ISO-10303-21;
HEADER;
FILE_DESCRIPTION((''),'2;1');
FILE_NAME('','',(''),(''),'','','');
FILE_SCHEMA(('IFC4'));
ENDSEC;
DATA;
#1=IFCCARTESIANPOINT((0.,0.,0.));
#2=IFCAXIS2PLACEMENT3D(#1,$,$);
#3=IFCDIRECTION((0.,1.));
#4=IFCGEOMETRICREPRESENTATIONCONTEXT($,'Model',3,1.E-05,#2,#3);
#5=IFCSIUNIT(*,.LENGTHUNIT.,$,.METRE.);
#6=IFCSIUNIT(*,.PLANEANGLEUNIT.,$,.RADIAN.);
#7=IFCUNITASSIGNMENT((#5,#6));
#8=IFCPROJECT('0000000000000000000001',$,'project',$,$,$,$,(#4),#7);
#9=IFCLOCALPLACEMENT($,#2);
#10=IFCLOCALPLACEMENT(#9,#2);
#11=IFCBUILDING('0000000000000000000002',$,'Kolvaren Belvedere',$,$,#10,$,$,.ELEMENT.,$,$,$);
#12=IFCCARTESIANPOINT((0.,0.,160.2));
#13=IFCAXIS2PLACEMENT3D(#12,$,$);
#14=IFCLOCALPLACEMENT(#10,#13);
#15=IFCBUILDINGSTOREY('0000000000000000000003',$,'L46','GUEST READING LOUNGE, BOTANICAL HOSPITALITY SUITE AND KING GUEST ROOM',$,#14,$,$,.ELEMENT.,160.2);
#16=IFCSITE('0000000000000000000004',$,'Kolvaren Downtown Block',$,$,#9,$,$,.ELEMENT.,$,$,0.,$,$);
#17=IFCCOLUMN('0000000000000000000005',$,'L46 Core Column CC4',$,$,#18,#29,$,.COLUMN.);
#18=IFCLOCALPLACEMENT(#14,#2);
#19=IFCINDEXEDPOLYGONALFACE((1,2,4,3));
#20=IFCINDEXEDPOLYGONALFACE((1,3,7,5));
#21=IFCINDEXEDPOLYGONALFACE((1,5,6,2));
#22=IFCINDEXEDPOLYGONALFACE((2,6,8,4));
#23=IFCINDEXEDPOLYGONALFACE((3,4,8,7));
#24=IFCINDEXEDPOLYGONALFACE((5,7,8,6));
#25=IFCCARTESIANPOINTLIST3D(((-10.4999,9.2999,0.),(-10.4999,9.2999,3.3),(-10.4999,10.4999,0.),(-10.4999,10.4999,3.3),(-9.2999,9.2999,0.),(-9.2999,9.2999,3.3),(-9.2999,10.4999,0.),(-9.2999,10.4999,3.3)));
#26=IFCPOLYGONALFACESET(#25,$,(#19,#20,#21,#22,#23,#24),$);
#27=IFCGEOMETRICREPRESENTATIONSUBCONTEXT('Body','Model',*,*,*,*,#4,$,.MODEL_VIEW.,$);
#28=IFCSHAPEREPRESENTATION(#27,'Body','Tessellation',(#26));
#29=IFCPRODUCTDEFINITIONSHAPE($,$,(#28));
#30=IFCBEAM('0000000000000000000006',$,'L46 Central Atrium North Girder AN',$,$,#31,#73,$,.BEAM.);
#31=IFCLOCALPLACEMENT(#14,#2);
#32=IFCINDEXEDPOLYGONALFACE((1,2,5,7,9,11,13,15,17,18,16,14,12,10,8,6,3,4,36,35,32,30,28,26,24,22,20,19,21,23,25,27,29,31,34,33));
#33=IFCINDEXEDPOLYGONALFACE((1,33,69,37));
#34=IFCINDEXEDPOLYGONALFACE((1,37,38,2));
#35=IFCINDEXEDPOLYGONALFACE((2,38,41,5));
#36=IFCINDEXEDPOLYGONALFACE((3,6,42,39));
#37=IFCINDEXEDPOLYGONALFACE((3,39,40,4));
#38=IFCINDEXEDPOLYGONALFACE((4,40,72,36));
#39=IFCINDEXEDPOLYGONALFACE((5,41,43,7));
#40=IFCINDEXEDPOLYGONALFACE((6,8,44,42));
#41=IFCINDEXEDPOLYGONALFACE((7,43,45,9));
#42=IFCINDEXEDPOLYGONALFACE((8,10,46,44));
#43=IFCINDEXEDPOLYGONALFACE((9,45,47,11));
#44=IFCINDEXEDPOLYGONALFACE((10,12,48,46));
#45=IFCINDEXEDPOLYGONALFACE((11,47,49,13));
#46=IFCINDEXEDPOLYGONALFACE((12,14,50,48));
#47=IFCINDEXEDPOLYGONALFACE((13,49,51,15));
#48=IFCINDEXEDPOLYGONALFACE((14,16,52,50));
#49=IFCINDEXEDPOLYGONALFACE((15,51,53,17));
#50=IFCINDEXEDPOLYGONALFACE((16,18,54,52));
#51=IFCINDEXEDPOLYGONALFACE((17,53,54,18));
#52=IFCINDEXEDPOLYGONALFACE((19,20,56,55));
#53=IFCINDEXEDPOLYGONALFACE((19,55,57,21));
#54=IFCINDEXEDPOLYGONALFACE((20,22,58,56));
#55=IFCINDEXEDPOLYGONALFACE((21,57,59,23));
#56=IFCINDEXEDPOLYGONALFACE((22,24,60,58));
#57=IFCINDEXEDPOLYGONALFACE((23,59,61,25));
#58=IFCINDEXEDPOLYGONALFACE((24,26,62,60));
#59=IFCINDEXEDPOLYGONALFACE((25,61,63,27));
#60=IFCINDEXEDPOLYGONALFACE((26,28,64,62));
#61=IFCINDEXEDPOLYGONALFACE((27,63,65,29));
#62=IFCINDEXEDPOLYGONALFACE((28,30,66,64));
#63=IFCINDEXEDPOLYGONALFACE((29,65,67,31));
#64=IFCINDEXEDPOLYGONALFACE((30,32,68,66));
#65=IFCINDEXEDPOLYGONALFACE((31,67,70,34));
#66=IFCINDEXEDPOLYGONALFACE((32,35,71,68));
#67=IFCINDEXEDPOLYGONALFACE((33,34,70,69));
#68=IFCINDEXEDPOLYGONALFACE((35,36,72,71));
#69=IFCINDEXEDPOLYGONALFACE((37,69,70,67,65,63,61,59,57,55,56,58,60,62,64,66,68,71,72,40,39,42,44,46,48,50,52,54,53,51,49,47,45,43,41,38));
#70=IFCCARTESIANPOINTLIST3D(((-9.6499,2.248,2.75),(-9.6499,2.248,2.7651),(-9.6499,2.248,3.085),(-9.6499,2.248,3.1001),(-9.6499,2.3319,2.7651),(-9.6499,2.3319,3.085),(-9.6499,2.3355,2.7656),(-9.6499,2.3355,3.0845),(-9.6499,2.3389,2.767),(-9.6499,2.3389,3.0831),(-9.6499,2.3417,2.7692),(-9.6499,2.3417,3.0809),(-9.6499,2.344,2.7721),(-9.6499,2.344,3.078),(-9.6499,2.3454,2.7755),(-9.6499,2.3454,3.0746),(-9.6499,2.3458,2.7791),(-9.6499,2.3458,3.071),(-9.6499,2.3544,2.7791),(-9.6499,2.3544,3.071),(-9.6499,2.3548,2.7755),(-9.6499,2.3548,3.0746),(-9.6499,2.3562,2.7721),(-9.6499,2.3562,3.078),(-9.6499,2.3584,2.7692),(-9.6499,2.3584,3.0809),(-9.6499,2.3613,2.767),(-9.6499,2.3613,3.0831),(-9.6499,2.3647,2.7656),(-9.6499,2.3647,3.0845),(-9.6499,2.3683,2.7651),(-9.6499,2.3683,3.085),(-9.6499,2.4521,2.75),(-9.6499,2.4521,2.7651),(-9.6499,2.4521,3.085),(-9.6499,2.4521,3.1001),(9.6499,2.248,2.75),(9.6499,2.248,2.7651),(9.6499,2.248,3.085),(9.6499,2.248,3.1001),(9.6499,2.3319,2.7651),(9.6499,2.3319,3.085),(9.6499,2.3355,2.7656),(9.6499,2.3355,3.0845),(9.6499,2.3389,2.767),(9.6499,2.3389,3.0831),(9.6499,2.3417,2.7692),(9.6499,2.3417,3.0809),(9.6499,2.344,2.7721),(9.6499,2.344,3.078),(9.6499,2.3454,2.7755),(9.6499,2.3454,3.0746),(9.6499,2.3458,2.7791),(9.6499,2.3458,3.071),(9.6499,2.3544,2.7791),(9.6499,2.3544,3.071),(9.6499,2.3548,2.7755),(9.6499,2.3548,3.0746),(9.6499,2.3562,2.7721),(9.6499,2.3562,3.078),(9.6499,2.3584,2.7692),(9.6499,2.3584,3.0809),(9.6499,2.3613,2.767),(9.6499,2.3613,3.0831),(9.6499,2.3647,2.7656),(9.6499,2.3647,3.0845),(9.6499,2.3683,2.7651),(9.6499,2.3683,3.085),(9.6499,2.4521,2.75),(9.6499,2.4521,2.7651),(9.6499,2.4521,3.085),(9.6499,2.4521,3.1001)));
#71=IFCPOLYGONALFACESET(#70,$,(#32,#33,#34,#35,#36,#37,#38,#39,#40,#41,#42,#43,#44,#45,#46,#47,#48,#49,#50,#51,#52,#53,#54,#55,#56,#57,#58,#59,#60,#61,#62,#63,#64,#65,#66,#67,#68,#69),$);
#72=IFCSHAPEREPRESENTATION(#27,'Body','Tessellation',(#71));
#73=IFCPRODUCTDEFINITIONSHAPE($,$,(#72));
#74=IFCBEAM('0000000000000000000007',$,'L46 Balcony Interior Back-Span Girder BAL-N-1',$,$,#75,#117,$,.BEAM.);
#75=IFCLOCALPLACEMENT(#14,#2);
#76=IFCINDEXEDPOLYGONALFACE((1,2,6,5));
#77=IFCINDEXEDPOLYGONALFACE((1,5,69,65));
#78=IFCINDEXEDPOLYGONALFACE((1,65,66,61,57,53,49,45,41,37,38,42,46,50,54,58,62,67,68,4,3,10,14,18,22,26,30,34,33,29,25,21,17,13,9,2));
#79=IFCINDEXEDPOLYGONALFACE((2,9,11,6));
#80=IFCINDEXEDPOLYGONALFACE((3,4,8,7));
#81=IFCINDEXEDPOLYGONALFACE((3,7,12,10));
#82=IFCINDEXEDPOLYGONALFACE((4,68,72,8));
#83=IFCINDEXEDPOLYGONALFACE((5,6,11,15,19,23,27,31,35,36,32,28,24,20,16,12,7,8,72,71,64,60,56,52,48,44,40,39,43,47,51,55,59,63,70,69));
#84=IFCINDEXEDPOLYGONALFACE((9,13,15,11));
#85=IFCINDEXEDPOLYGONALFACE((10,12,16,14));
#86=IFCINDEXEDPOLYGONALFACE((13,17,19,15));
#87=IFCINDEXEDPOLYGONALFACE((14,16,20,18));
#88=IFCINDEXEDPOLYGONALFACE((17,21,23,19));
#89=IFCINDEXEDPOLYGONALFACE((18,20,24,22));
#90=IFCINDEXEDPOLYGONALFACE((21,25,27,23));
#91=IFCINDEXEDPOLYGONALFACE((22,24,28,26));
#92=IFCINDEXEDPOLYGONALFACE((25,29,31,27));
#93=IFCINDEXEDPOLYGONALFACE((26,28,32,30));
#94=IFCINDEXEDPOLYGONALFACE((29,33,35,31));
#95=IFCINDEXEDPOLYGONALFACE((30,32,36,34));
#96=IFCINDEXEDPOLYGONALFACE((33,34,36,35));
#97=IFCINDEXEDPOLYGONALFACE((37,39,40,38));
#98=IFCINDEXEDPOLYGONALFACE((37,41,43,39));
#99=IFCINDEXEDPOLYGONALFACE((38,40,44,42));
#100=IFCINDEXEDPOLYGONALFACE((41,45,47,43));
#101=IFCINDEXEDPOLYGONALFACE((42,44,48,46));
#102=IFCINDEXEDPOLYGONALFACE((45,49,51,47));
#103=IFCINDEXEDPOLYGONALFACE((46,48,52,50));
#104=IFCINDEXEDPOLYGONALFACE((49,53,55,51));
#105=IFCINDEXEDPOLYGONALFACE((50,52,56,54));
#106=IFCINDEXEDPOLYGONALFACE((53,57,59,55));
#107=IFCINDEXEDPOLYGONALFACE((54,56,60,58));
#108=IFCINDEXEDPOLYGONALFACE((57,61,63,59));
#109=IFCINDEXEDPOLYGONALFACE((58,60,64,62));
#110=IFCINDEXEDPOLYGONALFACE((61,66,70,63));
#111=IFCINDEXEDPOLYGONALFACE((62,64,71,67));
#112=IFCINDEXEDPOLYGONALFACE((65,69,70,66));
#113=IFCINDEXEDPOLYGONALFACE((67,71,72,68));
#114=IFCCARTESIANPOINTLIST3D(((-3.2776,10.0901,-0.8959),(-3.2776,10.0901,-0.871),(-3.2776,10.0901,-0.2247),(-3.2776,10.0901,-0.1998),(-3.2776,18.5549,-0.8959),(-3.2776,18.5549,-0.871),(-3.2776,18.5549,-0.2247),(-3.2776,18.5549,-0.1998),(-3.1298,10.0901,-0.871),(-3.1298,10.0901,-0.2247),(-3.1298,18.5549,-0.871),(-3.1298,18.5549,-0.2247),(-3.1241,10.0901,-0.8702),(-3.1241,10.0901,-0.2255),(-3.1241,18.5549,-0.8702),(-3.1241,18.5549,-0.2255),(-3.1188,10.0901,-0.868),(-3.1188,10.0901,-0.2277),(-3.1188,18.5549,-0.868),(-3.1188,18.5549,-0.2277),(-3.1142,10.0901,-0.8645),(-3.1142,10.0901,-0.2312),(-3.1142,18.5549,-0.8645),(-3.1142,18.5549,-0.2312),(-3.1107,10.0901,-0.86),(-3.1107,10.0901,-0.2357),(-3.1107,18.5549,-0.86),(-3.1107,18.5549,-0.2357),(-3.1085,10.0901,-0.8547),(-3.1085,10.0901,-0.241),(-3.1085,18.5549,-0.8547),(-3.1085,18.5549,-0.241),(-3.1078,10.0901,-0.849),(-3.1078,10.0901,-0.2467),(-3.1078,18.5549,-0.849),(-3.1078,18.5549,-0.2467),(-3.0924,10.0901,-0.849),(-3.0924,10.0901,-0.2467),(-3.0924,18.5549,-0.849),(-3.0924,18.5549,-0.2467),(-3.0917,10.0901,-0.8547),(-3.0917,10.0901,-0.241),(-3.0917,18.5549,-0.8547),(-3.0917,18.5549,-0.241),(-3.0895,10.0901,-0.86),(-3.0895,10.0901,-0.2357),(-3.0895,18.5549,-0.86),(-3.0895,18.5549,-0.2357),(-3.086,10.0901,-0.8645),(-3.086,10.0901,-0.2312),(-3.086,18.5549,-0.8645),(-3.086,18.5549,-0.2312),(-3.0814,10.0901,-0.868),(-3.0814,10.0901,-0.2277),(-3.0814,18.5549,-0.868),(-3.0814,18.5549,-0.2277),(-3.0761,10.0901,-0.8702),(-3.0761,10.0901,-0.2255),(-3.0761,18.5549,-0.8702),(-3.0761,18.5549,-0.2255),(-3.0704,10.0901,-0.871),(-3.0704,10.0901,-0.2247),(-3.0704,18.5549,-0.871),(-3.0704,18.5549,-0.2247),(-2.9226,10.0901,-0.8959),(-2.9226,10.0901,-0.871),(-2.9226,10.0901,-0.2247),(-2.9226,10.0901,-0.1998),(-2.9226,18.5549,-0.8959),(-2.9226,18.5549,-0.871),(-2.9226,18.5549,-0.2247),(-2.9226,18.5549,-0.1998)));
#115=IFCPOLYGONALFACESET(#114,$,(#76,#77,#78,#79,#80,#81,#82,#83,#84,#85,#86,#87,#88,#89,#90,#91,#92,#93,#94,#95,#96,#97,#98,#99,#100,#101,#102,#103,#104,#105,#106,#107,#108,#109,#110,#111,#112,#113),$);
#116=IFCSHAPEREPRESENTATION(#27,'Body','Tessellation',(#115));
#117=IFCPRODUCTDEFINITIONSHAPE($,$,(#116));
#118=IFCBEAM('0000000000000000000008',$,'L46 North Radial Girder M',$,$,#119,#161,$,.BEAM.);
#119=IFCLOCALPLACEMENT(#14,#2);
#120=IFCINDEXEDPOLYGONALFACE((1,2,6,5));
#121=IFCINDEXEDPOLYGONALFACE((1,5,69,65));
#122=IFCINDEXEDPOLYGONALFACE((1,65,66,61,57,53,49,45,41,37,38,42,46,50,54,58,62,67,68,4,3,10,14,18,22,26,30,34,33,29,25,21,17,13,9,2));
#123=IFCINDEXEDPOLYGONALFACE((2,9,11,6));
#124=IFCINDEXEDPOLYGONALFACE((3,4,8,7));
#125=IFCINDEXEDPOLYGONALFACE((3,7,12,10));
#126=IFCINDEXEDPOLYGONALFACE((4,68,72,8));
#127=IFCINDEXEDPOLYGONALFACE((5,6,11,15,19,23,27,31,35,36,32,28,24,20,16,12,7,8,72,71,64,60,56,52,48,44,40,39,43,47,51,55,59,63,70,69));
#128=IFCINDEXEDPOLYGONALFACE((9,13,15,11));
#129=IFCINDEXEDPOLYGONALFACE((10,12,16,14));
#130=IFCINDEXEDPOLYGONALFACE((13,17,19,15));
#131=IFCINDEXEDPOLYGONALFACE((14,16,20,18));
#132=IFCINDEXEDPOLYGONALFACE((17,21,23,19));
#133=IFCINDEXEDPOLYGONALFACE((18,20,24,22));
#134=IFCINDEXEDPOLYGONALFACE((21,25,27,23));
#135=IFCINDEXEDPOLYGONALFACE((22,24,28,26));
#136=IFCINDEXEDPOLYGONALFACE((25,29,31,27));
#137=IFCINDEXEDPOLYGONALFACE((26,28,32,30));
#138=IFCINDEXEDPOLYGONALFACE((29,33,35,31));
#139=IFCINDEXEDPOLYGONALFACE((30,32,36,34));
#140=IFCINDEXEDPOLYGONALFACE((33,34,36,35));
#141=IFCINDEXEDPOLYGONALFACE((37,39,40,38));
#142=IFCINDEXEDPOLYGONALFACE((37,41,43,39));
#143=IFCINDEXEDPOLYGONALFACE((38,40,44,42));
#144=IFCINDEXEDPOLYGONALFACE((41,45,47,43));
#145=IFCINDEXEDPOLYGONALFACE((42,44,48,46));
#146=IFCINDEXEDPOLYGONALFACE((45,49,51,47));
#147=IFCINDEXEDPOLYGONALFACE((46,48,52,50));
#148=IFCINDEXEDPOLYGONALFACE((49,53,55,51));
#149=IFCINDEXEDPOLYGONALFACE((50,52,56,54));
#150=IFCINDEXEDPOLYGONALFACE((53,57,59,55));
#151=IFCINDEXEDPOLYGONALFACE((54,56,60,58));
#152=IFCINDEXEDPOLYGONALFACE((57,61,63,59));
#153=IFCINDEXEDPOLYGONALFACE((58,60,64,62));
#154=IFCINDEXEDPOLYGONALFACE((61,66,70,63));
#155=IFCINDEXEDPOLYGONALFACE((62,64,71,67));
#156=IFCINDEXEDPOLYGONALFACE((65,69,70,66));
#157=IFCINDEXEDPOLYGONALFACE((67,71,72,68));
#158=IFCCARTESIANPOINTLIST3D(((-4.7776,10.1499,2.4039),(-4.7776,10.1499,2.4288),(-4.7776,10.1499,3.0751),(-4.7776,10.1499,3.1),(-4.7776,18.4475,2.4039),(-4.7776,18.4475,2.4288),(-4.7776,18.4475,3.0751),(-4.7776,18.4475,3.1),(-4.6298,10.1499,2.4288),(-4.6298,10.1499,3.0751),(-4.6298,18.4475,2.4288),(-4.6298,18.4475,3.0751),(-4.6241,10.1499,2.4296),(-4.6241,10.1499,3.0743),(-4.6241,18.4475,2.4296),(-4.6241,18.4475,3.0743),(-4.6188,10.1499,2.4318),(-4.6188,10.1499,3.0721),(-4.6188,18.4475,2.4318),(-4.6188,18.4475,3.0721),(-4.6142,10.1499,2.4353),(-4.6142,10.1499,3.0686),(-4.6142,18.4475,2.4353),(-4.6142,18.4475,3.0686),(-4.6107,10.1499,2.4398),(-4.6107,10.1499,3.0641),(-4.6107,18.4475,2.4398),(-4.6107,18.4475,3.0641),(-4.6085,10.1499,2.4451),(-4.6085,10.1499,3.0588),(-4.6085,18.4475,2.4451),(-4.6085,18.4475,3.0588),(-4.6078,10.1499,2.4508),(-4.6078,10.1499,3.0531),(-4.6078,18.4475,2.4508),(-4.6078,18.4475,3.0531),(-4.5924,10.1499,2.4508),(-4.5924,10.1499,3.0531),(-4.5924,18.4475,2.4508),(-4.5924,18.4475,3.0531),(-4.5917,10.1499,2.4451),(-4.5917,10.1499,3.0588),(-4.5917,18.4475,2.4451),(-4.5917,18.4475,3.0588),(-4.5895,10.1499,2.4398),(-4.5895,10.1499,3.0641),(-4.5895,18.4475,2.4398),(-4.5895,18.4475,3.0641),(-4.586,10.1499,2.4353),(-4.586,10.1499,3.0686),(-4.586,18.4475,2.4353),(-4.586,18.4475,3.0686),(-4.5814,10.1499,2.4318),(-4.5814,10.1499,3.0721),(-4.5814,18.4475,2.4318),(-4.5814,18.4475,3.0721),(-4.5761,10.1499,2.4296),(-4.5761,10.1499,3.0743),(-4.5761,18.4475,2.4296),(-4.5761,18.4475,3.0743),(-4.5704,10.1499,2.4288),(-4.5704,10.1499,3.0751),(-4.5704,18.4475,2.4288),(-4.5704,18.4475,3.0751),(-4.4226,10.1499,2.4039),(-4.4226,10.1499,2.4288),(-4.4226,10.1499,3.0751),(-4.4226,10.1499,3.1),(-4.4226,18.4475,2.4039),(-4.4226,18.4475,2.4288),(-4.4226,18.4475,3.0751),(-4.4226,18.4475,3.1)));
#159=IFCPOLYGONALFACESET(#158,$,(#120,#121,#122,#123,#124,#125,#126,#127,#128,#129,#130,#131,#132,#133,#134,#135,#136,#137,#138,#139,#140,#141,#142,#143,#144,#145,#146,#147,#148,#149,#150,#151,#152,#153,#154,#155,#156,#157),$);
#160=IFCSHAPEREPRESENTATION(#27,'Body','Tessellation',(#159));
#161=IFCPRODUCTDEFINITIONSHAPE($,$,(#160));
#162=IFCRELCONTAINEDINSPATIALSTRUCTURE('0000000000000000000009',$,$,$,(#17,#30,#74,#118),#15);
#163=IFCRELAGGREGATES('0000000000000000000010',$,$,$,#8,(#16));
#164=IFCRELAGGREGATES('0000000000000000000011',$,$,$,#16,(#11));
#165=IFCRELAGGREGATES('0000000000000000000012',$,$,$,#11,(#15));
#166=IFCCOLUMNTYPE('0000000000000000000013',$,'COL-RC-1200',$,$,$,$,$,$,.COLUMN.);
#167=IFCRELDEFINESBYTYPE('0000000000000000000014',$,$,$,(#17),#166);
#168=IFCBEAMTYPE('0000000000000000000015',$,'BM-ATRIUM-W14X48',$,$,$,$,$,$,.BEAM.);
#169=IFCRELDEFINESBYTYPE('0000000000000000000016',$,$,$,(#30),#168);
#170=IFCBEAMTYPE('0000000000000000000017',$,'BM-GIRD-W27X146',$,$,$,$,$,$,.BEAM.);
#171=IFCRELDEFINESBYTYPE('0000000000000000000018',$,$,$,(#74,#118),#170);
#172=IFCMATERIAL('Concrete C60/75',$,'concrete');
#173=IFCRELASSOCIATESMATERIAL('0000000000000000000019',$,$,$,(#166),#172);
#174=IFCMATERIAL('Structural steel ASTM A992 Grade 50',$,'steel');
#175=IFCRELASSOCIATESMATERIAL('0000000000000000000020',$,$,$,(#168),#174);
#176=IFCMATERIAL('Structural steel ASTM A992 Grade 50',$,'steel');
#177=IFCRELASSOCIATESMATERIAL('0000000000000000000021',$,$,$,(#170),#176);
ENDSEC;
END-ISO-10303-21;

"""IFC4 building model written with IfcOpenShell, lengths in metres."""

from ifc_helpers import new_model, si_unit, direction, frame, origin, origin_2d, place, context, subcontext, project, spatial, rectangle, i_section, extrude, material, material_profile, profile_set, type_object, element, save


model = new_model("IFC4")

# Units and contexts
model_context = context("Model", 3, precision=1e-05, world=origin(), true_north=direction((0.0, 1.0)))
body_context = subcontext(model_context, "Body", "Model", "MODEL_VIEW")
ifc_project = project(units=[si_unit("LENGTHUNIT", "METRE"), si_unit("PLANEANGLEUNIT", "RADIAN")], contexts=[model_context])

# Site, building, storey
site_placement = place(None, origin())
site = spatial("IfcSite", under=ifc_project, at=site_placement, Name="Kolvaren Downtown Block", CompositionType="ELEMENT", RefElevation=0.0)
building_placement = place(site_placement, origin())
building = spatial("IfcBuilding", under=site, at=building_placement, Name="Kolvaren Belvedere", CompositionType="ELEMENT")
storey_placement = place(building_placement, frame((0.0, 0.0, 160.2)))
storey = spatial("IfcBuildingStorey", under=building, at=storey_placement, Name="L46", Description="GUEST READING LOUNGE, BOTANICAL HOSPITALITY SUITE AND KING GUEST ROOM", CompositionType="ELEMENT", Elevation=160.2)

# Column
ifc_material_1 = material(Name="Concrete C60/75", Category="concrete")
ifc_material_profile_1 = material_profile(ifc_material_1, rectangle(XDim=1.2, YDim=1.2, at=origin_2d()), Name="RC 1200X1200")
ifc_profile_set_1 = profile_set([ifc_material_profile_1], Name="Concrete C60/75")
column_type = type_object("IfcColumnType", Name="COL-RC-1200", PredefinedType="COLUMN", material=ifc_profile_set_1)
column_placement = place(storey_placement, frame((-9.8999, 9.8999, 0.0), z_axis=(0.0, 0.0, 1.0), x_axis=(1.0, 0.0, 0.0)))
element("IfcColumn", 1, at=column_placement, inside=storey, type_object=column_type, Name="L46 Core Column CC4", PredefinedType="COLUMN", context=body_context, shape_type="SweptSolid", body=[
    extrude(rectangle(XDim=1.2, YDim=1.2, at=origin_2d()), origin(), (0.0, 0.0, 1.0), 3.3),
])

# Beams
ifc_material_2 = material(Name="Structural steel ASTM A992 Grade 50", Category="steel")
ifc_material_profile_2 = material_profile(ifc_material_2, i_section(OverallWidth=0.2041, OverallDepth=0.3501, WebThickness=0.0085, FlangeThickness=0.0151, FilletRadius=0.0139, at=origin_2d()), Name="W14X48")
ifc_profile_set_2 = profile_set([ifc_material_profile_2], Name="Structural steel ASTM A992 Grade 50")
beam_type_1 = type_object("IfcBeamType", Name="BM-ATRIUM-W14X48", PredefinedType="BEAM", material=ifc_profile_set_2)
beam_1_placement = place(storey_placement, frame((-9.6499, 2.3501, 2.925), z_axis=(1.0, 0.0, 0.0), x_axis=(0.0, 1.0, 0.0)))
element("IfcBeam", 2, at=beam_1_placement, inside=storey, type_object=beam_type_1, Name="L46 Central Atrium North Girder AN", PredefinedType="BEAM", context=body_context, shape_type="SweptSolid", body=[
    extrude(i_section(OverallWidth=0.2041, OverallDepth=0.3501, WebThickness=0.0085, FlangeThickness=0.0151, FilletRadius=0.0139, at=origin_2d()), origin(), (0.0, 0.0, 1.0), 19.2998),
])
ifc_material_3 = material(Name="Structural steel ASTM A992 Grade 50", Category="steel")
ifc_material_profile_3 = material_profile(ifc_material_3, i_section(OverallWidth=0.355, OverallDepth=0.696, WebThickness=0.0154, FlangeThickness=0.0249, FilletRadius=0.022, at=origin_2d()), Name="W27X146")
ifc_profile_set_3 = profile_set([ifc_material_profile_3], Name="Structural steel ASTM A992 Grade 50")
beam_type_2 = type_object("IfcBeamType", Name="BM-GIRD-W27X146", PredefinedType="BEAM", material=ifc_profile_set_3)
beam_2_placement = place(storey_placement, frame((-3.1001, 10.0901, -0.5479), z_axis=(0.0, 1.0, 0.0), x_axis=(-1.0, 0.0, 0.0)))
element("IfcBeam", 3, at=beam_2_placement, inside=storey, type_object=beam_type_2, Name="L46 Balcony Interior Back-Span Girder BAL-N-1", PredefinedType="BEAM", context=body_context, shape_type="SweptSolid", body=[
    extrude(i_section(OverallWidth=0.355, OverallDepth=0.696, WebThickness=0.0154, FlangeThickness=0.0249, FilletRadius=0.022, at=origin_2d()), origin(), (0.0, 0.0, 1.0), 8.4648),
])
beam_3_placement = place(storey_placement, frame((-4.6001, 10.1499, 2.752), z_axis=(0.0, 1.0, 0.0), x_axis=(-1.0, 0.0, 0.0)))
element("IfcBeam", 4, at=beam_3_placement, inside=storey, type_object=beam_type_2, Name="L46 North Radial Girder M", PredefinedType="BEAM", context=body_context, shape_type="SweptSolid", body=[
    extrude(i_section(OverallWidth=0.355, OverallDepth=0.696, WebThickness=0.0154, FlangeThickness=0.0249, FilletRadius=0.022, at=origin_2d()), origin(), (0.0, 0.0, 1.0), 8.2976),
])

save(model, "model.ifc")
